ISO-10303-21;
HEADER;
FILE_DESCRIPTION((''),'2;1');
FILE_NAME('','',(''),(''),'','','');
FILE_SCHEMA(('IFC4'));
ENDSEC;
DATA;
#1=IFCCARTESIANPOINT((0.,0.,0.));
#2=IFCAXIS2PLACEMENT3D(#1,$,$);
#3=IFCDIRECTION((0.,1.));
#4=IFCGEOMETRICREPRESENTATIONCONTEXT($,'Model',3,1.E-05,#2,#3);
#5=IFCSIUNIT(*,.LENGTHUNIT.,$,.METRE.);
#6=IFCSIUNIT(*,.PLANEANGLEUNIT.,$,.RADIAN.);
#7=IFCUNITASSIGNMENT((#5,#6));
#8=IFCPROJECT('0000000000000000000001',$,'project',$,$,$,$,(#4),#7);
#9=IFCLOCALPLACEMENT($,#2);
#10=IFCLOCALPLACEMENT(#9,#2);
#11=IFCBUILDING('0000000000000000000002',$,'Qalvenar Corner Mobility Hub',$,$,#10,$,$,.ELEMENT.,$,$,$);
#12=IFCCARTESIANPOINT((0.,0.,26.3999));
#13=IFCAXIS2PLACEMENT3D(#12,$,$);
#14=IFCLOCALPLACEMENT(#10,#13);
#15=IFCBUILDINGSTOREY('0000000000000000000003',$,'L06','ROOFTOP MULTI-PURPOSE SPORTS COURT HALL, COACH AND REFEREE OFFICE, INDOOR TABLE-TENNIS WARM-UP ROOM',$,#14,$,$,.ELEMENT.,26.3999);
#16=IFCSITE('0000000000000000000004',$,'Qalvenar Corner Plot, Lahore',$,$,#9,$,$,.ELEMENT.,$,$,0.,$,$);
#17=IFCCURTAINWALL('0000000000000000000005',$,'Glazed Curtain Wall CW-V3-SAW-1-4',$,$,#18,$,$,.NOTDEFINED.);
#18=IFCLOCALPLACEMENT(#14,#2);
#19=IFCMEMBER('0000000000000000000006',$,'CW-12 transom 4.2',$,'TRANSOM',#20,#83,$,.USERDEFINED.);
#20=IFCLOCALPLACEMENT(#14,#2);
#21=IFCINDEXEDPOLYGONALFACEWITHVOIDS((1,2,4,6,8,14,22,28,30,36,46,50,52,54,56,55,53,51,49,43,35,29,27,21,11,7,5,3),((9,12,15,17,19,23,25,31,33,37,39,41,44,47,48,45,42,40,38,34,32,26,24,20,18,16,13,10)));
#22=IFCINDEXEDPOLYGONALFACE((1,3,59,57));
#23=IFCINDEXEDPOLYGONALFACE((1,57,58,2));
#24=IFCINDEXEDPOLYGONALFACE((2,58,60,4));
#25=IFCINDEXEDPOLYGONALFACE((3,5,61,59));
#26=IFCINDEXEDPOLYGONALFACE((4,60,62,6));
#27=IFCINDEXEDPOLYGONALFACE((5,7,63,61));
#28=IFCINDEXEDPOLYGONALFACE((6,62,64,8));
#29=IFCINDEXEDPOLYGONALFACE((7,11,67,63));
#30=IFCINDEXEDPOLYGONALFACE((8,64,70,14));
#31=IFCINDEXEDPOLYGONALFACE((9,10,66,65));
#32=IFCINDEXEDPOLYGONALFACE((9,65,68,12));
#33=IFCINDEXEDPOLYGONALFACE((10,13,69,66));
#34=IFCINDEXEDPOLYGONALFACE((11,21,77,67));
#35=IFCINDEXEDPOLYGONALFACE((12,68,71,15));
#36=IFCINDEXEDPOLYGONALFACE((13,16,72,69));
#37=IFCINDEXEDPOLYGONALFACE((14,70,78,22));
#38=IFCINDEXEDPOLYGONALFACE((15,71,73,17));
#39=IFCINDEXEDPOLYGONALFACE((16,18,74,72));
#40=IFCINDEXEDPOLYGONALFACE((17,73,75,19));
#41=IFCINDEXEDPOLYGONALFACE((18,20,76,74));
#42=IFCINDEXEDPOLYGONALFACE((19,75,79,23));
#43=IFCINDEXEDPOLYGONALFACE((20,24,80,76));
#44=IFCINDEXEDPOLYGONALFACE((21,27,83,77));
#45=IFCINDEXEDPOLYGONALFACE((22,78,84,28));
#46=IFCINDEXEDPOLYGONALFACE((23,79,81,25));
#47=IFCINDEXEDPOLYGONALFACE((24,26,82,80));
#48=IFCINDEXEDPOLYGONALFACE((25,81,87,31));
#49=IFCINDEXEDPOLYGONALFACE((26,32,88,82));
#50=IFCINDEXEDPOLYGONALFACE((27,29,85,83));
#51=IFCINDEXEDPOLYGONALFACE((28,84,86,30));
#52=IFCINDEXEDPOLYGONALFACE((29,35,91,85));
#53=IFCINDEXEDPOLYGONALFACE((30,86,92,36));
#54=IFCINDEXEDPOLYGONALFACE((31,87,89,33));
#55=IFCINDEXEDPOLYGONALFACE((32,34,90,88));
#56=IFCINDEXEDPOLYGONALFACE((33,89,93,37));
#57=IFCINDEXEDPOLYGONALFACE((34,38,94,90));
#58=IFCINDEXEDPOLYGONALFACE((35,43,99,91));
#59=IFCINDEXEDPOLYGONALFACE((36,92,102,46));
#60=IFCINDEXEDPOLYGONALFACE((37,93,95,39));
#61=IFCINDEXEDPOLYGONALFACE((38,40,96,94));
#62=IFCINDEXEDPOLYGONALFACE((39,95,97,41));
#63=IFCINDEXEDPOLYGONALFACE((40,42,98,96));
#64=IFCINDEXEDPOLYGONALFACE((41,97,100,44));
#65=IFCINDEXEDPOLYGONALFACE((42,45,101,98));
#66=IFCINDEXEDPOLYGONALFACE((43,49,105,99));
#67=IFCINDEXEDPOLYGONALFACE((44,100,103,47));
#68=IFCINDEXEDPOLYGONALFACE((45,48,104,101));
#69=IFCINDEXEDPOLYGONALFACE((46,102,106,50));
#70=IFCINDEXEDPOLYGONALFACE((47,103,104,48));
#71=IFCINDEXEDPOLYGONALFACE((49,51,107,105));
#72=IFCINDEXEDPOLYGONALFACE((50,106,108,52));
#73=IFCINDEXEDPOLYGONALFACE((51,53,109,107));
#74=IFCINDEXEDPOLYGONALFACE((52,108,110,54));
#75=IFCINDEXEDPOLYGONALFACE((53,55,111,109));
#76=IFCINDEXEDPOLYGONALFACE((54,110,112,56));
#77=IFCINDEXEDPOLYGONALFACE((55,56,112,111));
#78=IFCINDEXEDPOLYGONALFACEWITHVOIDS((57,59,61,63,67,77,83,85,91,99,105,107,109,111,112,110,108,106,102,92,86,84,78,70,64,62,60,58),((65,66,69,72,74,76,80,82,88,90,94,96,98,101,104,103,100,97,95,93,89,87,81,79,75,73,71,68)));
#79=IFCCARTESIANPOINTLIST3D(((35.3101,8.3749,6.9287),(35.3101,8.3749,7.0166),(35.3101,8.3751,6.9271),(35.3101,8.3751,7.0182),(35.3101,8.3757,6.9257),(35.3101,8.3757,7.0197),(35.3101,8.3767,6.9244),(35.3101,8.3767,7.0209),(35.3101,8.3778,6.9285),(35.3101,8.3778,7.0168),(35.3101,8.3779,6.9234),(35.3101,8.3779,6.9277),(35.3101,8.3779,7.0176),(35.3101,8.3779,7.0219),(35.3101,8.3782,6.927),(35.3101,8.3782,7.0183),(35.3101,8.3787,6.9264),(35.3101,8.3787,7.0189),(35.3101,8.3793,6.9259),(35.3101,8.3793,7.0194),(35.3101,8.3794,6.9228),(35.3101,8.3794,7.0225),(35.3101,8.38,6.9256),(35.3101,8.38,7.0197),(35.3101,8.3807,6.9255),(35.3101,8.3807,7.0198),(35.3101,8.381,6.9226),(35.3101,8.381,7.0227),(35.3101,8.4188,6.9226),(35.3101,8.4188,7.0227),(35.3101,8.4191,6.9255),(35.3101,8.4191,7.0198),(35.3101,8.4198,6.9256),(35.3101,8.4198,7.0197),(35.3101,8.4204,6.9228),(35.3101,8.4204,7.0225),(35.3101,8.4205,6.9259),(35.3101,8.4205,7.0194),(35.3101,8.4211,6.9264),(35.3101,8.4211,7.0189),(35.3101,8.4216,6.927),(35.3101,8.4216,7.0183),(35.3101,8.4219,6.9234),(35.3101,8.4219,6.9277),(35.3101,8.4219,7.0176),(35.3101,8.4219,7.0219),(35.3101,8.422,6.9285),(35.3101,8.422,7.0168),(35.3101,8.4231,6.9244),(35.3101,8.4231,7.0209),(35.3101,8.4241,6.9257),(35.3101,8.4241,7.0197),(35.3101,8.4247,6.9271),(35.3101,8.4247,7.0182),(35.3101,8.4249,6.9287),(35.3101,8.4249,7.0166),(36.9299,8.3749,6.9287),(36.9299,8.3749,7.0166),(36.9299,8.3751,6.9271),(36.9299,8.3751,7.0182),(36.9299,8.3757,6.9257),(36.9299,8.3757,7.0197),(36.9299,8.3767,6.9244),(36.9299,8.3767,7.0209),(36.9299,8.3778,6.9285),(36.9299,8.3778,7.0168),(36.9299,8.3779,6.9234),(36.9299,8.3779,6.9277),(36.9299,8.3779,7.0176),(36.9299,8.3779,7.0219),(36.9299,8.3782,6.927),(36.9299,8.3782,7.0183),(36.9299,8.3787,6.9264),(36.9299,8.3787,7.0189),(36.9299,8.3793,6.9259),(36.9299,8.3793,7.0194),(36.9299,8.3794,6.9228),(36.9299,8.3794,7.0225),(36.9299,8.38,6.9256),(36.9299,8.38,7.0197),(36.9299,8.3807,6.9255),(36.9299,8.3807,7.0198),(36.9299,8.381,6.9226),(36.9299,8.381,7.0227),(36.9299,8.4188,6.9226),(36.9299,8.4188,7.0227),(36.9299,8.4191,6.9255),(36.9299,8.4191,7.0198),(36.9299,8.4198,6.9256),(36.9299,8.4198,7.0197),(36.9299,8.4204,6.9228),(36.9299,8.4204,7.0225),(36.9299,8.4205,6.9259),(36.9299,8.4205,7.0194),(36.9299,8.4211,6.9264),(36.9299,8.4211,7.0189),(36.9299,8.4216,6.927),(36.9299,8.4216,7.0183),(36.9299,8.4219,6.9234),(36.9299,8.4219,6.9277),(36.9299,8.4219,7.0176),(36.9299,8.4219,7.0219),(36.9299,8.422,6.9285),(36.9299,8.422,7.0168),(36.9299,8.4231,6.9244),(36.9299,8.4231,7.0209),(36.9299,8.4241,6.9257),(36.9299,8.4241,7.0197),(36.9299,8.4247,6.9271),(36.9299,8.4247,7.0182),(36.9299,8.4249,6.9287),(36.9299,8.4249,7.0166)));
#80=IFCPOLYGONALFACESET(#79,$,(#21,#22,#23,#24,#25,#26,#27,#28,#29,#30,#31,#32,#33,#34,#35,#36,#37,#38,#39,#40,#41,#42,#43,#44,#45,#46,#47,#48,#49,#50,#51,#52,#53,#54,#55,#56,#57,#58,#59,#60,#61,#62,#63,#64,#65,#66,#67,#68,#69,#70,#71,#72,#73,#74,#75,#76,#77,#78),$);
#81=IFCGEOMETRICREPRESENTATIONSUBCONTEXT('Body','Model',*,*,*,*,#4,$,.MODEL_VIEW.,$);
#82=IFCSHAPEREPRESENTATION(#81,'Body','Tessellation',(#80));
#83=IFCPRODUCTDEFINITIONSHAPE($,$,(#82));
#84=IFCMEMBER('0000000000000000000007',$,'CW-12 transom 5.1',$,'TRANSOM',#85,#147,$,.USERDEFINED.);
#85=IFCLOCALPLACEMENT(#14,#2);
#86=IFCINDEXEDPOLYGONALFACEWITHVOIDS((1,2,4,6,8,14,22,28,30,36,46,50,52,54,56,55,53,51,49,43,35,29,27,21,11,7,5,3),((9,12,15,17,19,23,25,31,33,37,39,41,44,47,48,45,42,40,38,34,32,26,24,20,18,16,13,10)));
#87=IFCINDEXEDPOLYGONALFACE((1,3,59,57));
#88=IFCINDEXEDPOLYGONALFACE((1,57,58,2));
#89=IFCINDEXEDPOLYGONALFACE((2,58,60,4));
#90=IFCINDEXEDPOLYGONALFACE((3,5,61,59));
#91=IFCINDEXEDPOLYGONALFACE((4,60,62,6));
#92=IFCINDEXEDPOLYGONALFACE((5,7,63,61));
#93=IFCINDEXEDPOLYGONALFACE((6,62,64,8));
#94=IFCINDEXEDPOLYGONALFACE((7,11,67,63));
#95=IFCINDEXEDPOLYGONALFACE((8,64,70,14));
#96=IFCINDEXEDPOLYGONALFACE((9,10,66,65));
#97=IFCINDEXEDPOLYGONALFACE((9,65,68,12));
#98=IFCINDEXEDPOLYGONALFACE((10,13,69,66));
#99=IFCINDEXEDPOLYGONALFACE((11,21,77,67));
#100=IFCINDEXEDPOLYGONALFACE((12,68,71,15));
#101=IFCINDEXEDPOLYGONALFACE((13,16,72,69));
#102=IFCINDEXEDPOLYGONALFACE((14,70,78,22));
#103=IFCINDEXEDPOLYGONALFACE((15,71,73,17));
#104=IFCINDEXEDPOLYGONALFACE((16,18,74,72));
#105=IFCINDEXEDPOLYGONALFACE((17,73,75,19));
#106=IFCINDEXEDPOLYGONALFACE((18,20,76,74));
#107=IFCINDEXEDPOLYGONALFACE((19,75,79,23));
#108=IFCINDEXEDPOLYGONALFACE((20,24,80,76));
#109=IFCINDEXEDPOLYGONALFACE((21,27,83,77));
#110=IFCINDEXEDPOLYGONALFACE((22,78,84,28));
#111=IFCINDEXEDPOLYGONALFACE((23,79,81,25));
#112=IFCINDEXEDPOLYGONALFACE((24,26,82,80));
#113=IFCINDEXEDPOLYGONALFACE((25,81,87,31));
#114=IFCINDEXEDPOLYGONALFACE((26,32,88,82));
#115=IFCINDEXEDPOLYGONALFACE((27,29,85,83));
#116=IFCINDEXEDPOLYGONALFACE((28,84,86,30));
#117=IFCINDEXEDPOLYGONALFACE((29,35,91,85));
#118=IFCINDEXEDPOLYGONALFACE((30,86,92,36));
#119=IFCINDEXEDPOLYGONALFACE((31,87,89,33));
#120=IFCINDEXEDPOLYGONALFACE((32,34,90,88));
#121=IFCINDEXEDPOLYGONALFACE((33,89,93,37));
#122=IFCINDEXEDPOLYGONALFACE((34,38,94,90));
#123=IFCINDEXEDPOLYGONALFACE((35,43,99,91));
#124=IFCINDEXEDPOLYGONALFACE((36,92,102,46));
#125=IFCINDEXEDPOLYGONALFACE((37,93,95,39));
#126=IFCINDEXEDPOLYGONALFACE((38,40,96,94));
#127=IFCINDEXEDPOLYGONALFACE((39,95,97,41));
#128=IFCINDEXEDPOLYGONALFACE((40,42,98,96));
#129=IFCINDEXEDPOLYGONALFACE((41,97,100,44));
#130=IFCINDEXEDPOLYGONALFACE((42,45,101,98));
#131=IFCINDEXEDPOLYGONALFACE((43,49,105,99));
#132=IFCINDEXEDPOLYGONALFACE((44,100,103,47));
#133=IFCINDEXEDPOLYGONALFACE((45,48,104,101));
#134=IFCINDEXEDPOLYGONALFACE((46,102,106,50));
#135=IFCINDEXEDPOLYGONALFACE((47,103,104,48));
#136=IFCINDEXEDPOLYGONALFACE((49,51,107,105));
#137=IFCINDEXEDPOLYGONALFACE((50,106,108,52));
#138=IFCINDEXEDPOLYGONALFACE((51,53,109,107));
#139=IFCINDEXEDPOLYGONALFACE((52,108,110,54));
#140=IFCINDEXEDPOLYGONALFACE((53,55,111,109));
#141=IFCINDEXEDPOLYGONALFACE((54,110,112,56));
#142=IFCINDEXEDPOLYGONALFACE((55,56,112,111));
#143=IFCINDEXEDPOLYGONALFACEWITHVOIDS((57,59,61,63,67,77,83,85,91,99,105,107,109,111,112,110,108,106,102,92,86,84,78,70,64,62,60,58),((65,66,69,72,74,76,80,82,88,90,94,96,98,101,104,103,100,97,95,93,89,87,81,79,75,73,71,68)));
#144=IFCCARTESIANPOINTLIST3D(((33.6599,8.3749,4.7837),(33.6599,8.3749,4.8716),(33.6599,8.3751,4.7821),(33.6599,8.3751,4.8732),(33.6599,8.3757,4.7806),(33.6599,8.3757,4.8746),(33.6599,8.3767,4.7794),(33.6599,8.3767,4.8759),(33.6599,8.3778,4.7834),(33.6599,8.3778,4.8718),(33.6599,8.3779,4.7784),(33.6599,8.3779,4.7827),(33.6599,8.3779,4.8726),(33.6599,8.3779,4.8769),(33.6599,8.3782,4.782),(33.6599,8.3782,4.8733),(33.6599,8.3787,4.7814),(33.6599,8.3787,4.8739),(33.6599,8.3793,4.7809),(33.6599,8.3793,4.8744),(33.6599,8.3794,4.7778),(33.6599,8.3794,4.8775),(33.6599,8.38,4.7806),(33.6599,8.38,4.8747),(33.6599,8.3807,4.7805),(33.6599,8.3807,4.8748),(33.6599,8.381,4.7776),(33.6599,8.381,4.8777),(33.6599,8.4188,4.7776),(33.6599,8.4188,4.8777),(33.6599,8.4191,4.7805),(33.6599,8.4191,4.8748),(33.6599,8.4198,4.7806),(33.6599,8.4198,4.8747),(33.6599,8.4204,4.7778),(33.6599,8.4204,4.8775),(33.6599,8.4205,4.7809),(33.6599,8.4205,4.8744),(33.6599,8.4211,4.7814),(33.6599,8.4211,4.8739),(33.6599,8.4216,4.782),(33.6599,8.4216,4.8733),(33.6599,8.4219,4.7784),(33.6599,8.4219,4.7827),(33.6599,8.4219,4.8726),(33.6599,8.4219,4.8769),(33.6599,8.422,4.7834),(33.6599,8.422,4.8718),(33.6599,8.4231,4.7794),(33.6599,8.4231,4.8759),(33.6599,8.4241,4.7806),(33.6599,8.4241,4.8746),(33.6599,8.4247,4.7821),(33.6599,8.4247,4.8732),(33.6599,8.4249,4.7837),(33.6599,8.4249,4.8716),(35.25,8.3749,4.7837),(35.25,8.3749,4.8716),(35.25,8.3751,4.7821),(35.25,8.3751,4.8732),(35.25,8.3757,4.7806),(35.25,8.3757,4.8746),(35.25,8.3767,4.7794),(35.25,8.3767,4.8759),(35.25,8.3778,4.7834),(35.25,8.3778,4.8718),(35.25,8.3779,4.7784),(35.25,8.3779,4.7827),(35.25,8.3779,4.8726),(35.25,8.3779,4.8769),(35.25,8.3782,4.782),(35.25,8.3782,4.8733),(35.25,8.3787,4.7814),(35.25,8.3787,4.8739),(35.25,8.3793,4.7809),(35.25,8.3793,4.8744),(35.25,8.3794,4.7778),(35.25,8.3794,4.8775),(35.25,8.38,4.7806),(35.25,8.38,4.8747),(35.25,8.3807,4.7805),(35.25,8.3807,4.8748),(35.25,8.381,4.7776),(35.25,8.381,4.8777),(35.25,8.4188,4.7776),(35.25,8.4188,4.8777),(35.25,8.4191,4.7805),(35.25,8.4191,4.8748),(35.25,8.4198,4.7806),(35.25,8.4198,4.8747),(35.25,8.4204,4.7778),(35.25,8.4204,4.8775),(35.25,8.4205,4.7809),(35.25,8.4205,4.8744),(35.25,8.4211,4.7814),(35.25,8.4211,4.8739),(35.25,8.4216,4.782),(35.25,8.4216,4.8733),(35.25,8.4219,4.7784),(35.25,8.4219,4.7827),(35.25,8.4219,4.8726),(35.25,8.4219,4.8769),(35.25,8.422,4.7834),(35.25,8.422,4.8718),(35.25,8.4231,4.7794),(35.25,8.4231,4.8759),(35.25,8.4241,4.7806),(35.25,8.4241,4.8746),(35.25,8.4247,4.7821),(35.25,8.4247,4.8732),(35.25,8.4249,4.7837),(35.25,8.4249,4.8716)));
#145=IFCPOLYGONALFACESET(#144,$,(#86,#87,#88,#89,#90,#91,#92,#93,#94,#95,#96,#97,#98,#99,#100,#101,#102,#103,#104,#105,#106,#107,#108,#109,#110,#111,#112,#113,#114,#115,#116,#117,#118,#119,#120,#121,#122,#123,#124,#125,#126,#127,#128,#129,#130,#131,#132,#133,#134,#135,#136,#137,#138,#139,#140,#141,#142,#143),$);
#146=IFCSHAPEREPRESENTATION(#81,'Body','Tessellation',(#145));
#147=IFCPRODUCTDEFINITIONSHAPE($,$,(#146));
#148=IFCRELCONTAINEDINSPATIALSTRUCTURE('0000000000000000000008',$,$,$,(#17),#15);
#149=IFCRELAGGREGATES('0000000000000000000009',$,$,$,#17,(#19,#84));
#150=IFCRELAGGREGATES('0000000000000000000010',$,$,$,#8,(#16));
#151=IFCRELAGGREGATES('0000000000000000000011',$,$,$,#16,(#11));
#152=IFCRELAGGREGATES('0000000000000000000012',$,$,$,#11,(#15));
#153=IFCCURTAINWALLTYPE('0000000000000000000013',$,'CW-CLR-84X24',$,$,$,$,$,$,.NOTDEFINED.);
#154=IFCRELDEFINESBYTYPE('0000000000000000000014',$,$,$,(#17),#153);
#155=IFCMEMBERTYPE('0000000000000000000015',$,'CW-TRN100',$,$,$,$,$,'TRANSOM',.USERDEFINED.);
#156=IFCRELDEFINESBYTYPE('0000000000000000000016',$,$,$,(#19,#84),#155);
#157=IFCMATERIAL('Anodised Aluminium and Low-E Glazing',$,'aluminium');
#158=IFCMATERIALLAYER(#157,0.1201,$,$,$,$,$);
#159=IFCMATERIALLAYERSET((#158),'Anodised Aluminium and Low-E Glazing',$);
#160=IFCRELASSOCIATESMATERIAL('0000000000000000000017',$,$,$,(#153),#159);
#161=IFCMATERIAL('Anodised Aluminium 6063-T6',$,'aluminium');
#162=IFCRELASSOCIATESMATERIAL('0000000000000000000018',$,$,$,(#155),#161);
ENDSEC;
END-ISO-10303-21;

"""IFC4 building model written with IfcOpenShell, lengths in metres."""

from ifc_helpers import new_model, si_unit, direction, frame, origin, origin_2d, place, context, subcontext, project, spatial, hollow_rectangle, extrude, material, layer, layer_set, material_profile, profile_set, type_object, element, aggregate, save


model = new_model("IFC4")

# Units and contexts
model_context = context("Model", 3, precision=1e-05, world=origin(), true_north=direction((0.0, 1.0)))
body_context = subcontext(model_context, "Body", "Model", "MODEL_VIEW")
ifc_project = project(units=[si_unit("LENGTHUNIT", "METRE"), si_unit("PLANEANGLEUNIT", "RADIAN")], contexts=[model_context])

# Site, building, storey
site_placement = place(None, origin())
site = spatial("IfcSite", under=ifc_project, at=site_placement, Name="Qalvenar Corner Plot, Lahore", CompositionType="ELEMENT", RefElevation=0.0)
building_placement = place(site_placement, origin())
building = spatial("IfcBuilding", under=site, at=building_placement, Name="Qalvenar Corner Mobility Hub", CompositionType="ELEMENT")
storey_placement = place(building_placement, frame((0.0, 0.0, 26.3999)))
storey = spatial("IfcBuildingStorey", under=building, at=storey_placement, Name="L06", Description="ROOFTOP MULTI-PURPOSE SPORTS COURT HALL, COACH AND REFEREE OFFICE, INDOOR TABLE-TENNIS WARM-UP ROOM", CompositionType="ELEMENT", Elevation=26.3999)

# Curtain wall
ifc_material_1 = material(Name="Anodised Aluminium and Low-E Glazing", Category="aluminium")
ifc_layer_1 = layer(ifc_material_1, 0.1201)
ifc_layer_set_1 = layer_set([ifc_layer_1], Name="Anodised Aluminium and Low-E Glazing")
curtain_wall_type_1 = type_object("IfcCurtainWallType", Name="CW-CLR-84X24", PredefinedType="NOTDEFINED", material=ifc_layer_set_1)
curtain_wall_1_placement = place(storey_placement, origin())
curtain_wall_1 = element("IfcCurtainWall", 1, at=curtain_wall_1_placement, inside=storey, type_object=curtain_wall_type_1, Name="Glazed Curtain Wall CW-V3-SAW-1-4", PredefinedType="NOTDEFINED")
ifc_material_2 = material(Name="Anodised Aluminium 6063-T6", Category="aluminium")

# Members
ifc_material_profile_1 = material_profile(ifc_material_2, hollow_rectangle(XDim=0.05, YDim=0.1001, WallThickness=0.0029, InnerFilletRadius=0.0029, OuterFilletRadius=0.0061, at=origin_2d()), Name="RHS100x50x3")
ifc_profile_set_1 = profile_set([ifc_material_profile_1], Name="Anodised Aluminium 6063-T6")
member_type_1 = type_object("IfcMemberType", Name="CW-TRN100", ElementType="TRANSOM", PredefinedType="USERDEFINED", material=ifc_profile_set_1)
member_1_placement = place(storey_placement, frame((36.9299, 8.3999, 6.9727), z_axis=(-1.0, 0.0, 0.0), x_axis=(0.0, -1.0, 0.0)))
member_1 = element("IfcMember", 2, at=member_1_placement, type_object=member_type_1, Name="CW-12 transom 4.2", ObjectType="TRANSOM", PredefinedType="USERDEFINED", context=body_context, shape_type="SweptSolid", body=[
    extrude(hollow_rectangle(XDim=0.05, YDim=0.1001, WallThickness=0.0029, InnerFilletRadius=0.0029, OuterFilletRadius=0.0061, at=origin_2d()), origin(), (0.0, 0.0, 1.0), 1.6199),
])
member_2_placement = place(storey_placement, frame((35.25, 8.3999, 4.8276), z_axis=(-1.0, 0.0, 0.0), x_axis=(0.0, -1.0, 0.0)))
member_2 = element("IfcMember", 3, at=member_2_placement, type_object=member_type_1, Name="CW-12 transom 5.1", ObjectType="TRANSOM", PredefinedType="USERDEFINED", context=body_context, shape_type="SweptSolid", body=[
    extrude(hollow_rectangle(XDim=0.05, YDim=0.1001, WallThickness=0.0029, InnerFilletRadius=0.0029, OuterFilletRadius=0.0061, at=origin_2d()), origin(), (0.0, 0.0, 1.0), 1.5901),
])

aggregate(curtain_wall_1, [member_1, member_2])

save(model, "model.ifc")
